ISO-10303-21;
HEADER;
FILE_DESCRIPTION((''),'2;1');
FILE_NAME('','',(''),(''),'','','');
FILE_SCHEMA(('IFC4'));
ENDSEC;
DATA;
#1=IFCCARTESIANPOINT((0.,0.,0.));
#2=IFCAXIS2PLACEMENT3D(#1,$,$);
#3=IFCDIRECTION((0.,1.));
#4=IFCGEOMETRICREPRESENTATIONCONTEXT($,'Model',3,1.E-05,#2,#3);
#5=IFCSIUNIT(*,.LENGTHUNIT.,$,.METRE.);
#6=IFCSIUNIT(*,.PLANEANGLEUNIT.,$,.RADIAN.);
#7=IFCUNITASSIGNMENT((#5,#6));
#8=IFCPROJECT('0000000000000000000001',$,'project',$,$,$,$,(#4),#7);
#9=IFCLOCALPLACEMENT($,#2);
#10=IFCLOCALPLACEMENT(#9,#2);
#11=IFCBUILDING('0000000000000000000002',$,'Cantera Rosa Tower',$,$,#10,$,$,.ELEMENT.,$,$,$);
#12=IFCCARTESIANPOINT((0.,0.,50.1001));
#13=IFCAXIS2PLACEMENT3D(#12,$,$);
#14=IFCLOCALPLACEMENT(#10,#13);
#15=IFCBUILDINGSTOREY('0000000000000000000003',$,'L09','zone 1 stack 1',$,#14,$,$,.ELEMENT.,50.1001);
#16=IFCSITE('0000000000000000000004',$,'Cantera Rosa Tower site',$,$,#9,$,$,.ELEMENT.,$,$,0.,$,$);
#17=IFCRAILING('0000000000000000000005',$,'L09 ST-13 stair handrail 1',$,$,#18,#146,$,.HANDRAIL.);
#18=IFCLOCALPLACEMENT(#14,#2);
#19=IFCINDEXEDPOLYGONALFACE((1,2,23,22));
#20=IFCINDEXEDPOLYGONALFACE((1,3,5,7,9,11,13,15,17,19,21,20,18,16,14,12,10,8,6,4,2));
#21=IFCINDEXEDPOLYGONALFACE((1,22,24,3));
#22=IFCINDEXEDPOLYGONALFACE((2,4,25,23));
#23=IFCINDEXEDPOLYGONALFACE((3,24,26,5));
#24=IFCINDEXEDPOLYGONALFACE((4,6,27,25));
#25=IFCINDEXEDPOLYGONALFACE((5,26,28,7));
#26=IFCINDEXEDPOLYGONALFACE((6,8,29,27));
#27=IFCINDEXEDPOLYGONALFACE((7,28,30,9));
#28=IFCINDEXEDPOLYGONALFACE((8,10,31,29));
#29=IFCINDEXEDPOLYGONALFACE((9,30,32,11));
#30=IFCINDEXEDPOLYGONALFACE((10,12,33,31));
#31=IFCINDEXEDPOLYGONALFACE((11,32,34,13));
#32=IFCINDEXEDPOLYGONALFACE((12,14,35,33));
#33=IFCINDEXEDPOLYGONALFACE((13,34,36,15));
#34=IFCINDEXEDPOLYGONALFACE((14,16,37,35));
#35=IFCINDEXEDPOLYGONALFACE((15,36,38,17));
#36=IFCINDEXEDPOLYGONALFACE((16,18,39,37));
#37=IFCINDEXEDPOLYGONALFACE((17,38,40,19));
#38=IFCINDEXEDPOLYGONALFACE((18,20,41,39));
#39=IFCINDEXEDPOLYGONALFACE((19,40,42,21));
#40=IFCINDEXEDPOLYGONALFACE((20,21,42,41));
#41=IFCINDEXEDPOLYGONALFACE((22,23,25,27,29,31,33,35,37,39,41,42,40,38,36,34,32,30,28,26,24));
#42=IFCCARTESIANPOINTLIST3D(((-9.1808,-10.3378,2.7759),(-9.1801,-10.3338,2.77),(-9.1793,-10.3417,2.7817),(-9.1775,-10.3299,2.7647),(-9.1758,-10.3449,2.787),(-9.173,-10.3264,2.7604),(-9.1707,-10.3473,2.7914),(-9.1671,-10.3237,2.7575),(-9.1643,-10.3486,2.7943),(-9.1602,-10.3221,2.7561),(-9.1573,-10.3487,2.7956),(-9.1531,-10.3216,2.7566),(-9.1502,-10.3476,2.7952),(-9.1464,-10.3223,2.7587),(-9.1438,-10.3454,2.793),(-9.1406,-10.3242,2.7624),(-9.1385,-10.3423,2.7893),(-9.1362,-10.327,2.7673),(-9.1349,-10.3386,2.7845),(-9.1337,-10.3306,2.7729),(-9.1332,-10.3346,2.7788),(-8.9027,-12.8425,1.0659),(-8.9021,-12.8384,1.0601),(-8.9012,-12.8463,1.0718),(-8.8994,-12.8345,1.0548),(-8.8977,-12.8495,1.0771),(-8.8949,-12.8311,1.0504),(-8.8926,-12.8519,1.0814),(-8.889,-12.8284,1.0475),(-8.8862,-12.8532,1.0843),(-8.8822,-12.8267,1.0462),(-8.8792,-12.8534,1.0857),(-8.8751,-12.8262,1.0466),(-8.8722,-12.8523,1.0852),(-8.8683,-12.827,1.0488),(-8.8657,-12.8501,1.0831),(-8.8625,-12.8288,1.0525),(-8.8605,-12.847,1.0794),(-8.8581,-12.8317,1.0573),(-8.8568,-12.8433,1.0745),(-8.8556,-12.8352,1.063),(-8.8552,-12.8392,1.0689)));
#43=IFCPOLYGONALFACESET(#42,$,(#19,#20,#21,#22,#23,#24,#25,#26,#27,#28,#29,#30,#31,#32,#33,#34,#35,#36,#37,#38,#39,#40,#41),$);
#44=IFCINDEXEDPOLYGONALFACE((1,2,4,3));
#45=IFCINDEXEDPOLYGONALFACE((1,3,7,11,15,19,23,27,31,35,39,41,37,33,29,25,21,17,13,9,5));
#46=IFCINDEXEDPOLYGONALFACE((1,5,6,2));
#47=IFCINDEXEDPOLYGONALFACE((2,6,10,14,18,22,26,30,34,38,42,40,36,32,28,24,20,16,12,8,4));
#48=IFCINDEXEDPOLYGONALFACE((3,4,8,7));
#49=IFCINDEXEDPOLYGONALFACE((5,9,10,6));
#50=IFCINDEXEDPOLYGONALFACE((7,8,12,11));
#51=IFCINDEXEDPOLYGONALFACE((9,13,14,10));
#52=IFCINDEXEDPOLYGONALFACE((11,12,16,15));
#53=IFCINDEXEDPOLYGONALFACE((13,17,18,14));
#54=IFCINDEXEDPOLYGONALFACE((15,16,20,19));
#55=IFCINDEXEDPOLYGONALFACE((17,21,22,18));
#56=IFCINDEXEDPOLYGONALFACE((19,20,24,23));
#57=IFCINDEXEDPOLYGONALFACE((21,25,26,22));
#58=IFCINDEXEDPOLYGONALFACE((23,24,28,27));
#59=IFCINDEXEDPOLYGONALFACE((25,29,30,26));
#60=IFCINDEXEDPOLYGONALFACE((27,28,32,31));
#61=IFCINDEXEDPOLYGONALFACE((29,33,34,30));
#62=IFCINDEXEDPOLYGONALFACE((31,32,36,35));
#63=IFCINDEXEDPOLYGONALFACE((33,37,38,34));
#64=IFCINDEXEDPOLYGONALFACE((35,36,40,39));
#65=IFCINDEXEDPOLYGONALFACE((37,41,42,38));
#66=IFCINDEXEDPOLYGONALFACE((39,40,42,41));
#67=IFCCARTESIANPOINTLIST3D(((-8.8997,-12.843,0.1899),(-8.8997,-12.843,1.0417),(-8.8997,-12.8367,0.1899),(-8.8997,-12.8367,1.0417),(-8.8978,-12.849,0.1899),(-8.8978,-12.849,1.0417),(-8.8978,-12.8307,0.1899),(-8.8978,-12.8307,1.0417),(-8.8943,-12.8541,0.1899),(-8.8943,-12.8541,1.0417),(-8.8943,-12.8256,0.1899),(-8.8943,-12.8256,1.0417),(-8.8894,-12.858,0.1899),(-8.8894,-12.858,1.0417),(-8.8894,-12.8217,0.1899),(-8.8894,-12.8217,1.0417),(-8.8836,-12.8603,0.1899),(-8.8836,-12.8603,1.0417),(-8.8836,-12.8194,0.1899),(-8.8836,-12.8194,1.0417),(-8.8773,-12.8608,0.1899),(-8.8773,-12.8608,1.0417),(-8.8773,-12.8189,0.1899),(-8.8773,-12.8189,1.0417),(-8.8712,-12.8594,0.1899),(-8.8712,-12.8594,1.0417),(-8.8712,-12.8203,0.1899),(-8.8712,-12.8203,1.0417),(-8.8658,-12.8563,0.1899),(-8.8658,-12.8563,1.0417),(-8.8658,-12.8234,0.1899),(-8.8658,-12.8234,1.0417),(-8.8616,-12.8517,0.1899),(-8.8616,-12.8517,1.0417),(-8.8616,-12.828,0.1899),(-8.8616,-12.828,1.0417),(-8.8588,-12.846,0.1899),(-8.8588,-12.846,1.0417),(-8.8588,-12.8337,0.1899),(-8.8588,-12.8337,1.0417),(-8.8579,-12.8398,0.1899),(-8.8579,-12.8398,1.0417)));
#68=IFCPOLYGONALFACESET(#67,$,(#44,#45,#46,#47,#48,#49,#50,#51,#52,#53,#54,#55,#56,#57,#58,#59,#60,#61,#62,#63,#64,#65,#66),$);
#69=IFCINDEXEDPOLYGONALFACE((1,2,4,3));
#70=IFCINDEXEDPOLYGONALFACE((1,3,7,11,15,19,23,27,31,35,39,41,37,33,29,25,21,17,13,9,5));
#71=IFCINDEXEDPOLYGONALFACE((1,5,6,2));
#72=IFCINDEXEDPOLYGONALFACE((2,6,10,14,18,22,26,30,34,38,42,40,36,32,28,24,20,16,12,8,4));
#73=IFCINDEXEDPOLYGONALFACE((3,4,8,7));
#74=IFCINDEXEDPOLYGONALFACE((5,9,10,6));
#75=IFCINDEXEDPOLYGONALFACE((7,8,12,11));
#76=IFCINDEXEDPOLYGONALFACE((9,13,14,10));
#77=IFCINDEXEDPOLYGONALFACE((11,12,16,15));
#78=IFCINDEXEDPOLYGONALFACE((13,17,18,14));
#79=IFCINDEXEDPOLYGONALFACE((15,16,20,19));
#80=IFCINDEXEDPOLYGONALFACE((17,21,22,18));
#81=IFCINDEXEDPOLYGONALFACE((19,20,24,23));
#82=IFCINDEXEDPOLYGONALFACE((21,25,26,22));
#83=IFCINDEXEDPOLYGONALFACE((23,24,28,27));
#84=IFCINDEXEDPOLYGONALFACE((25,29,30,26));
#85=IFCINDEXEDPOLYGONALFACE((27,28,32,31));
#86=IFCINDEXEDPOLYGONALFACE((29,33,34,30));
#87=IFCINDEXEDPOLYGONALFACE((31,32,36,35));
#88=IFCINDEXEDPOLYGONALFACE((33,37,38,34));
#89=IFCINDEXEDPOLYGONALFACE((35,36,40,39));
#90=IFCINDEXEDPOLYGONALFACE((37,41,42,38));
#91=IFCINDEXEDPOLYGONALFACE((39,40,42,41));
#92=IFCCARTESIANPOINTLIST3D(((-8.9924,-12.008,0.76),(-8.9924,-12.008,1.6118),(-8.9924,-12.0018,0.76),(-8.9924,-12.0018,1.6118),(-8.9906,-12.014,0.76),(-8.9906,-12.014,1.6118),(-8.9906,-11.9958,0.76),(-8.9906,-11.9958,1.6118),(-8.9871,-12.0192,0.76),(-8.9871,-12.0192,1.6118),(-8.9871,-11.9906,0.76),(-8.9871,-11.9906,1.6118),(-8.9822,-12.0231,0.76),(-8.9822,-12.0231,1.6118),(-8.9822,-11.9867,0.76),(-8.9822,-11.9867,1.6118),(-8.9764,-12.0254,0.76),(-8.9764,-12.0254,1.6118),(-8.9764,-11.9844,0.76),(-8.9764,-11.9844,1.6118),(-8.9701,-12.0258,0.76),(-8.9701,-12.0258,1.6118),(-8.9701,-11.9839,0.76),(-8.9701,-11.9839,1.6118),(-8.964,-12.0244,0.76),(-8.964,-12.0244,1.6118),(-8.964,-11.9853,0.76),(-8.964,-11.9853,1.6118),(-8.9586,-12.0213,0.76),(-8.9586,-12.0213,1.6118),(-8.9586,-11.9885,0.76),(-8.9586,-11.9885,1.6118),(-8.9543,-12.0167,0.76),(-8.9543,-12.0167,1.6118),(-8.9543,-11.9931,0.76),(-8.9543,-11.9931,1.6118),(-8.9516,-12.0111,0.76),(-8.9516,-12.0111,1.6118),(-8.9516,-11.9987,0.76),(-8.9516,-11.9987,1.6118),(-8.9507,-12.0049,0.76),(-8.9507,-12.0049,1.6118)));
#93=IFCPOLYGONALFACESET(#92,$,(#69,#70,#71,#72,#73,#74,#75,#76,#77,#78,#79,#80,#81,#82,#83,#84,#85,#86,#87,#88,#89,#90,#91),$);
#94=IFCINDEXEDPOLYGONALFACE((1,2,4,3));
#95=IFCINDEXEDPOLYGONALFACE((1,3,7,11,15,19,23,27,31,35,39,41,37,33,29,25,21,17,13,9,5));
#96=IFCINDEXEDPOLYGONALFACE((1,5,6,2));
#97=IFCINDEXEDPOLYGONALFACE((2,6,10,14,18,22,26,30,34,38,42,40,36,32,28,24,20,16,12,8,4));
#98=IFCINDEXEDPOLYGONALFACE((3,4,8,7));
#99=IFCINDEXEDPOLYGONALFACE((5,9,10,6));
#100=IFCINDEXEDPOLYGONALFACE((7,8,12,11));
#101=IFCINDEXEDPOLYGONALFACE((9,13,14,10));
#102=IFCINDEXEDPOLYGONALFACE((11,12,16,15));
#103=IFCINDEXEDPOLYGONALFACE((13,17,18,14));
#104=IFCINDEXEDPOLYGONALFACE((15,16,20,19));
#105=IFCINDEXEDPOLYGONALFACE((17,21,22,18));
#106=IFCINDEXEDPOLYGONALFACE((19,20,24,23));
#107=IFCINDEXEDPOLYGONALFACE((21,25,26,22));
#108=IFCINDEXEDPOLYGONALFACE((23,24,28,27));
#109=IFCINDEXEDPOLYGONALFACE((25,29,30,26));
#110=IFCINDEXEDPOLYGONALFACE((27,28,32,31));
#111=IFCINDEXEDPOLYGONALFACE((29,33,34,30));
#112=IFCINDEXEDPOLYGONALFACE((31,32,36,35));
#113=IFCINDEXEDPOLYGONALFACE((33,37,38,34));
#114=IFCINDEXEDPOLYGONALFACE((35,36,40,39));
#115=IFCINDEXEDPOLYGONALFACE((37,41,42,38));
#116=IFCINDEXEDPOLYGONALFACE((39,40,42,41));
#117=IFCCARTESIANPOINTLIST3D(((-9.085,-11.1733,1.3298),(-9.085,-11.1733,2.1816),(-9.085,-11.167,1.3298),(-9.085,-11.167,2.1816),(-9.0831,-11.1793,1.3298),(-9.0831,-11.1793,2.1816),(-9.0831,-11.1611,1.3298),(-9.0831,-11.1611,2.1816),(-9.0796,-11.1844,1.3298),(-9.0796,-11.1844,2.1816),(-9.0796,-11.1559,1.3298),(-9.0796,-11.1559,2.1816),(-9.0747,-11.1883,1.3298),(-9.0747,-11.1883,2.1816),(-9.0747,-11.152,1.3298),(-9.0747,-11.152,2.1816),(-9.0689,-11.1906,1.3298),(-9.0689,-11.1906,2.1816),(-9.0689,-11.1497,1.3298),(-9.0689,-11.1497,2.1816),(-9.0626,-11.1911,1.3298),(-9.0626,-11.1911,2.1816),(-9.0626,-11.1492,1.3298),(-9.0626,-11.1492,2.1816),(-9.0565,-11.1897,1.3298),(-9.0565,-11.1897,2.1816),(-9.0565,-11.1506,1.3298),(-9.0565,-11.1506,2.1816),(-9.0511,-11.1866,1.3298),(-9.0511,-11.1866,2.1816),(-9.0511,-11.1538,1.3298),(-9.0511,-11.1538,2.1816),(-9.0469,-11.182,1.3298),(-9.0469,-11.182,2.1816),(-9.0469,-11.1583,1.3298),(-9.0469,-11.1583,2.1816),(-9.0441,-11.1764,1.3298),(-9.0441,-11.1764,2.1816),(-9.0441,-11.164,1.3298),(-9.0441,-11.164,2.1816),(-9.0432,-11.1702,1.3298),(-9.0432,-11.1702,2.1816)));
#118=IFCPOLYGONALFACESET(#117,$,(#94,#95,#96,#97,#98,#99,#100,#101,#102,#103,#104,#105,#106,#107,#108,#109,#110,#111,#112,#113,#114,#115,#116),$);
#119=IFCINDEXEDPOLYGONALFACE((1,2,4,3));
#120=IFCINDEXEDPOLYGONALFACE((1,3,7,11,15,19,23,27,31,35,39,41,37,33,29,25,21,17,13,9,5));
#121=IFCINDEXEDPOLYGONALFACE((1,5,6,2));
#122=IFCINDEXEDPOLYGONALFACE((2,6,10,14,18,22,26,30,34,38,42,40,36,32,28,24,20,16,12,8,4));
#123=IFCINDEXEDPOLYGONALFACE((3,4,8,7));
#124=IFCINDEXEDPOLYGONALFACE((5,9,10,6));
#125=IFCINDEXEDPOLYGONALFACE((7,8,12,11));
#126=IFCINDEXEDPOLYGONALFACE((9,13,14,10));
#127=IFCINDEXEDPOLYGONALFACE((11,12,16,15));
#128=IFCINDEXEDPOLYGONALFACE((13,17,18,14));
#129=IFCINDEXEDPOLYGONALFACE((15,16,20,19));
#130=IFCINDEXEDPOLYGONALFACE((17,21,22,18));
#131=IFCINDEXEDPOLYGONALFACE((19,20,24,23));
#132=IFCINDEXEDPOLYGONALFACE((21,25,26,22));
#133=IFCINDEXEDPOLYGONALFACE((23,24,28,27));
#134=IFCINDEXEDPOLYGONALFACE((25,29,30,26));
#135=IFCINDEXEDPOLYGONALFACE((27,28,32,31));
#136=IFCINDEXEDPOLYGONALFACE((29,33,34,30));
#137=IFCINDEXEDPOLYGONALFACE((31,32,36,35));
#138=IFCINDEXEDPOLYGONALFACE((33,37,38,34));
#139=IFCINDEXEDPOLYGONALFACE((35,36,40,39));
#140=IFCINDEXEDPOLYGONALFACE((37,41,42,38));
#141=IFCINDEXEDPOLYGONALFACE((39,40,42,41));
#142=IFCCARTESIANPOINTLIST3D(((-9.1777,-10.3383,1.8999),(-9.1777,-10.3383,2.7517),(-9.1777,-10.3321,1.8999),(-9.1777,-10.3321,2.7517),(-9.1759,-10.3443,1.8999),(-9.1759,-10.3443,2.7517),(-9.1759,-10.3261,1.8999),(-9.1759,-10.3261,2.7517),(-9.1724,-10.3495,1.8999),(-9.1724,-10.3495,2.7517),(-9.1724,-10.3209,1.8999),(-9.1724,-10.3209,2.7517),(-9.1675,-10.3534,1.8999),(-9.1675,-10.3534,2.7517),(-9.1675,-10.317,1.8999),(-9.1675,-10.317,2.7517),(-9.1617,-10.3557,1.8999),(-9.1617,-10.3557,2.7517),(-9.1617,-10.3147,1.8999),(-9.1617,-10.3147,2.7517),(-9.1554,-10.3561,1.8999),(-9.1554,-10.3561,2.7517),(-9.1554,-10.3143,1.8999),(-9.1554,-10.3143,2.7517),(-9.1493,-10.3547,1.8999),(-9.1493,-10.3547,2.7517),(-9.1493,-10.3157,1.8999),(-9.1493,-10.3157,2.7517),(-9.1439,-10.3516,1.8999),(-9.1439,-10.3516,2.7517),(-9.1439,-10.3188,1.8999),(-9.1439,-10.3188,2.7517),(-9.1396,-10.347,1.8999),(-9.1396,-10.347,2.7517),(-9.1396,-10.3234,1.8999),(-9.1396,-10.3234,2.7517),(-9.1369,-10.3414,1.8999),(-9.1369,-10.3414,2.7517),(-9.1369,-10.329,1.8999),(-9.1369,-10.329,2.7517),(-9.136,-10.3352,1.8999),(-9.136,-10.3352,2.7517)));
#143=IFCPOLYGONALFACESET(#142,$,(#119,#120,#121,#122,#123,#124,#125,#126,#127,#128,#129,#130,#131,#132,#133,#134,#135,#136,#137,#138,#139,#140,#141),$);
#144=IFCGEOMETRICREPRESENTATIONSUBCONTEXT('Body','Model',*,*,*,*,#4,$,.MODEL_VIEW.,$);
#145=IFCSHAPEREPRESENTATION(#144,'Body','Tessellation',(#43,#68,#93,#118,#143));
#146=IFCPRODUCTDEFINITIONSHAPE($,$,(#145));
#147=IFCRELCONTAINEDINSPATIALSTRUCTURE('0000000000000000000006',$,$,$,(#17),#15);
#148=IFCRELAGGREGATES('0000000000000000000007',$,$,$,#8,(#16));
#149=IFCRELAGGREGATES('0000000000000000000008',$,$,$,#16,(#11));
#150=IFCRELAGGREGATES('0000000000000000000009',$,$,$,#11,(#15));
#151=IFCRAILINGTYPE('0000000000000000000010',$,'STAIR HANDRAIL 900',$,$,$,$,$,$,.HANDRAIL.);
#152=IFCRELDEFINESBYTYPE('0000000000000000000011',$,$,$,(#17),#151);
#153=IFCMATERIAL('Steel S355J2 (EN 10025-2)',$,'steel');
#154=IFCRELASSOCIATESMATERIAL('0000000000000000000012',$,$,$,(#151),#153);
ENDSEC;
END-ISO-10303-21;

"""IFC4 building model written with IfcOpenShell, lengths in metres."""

from ifc_helpers import new_model, si_unit, direction, frame, origin, origin_2d, place, context, subcontext, project, spatial, circle, extrude, material, type_object, element, save


model = new_model("IFC4")

# Units and contexts
model_context = context("Model", 3, precision=1e-05, world=origin(), true_north=direction((0.0, 1.0)))
body_context = subcontext(model_context, "Body", "Model", "MODEL_VIEW")
ifc_project = project(units=[si_unit("LENGTHUNIT", "METRE"), si_unit("PLANEANGLEUNIT", "RADIAN")], contexts=[model_context])

# Site, building, storey
site_placement = place(None, origin())
site = spatial("IfcSite", under=ifc_project, at=site_placement, Name="Cantera Rosa Tower site", CompositionType="ELEMENT", RefElevation=0.0)
building_placement = place(site_placement, origin())
building = spatial("IfcBuilding", under=site, at=building_placement, Name="Cantera Rosa Tower", CompositionType="ELEMENT")
storey_placement = place(building_placement, frame((0.0, 0.0, 50.1001)))
storey = spatial("IfcBuildingStorey", under=building, at=storey_placement, Name="L09", Description="zone 1 stack 1", CompositionType="ELEMENT", Elevation=50.1001)

# Railing
ifc_material_1 = material(Name="Steel S355J2 (EN 10025-2)", Category="steel")
railing_type_1 = type_object("IfcRailingType", Name="STAIR HANDRAIL 900", PredefinedType="HANDRAIL", material=ifc_material_1)
railing_1_placement = place(storey_placement, frame((-8.8789, -12.8398, 0.1899)))
element("IfcRailing", 1, at=railing_1_placement, inside=storey, type_object=railing_type_1, Name="L09 ST-13 stair handrail 1", PredefinedType="HANDRAIL", context=body_context, shape_type="SweptSolid", body=[
    extrude(circle(Radius=0.0239, at=origin_2d()), frame((0.0, 0.0, 0.876), z_axis=(-0.09131, 0.822431, 0.561488), x_axis=(-0.993893, -0.110346, 0.0)), (0.0, 0.0, 1.0), 3.0454),
    extrude(circle(Radius=0.021, at=origin_2d()), origin(), (0.0, 0.0, 1.0), 0.8518),
    extrude(circle(Radius=0.021, at=origin_2d()), frame((-0.0928, 0.835, 0.5701)), (0.0, 0.0, 1.0), 0.8518),
    extrude(circle(Radius=0.021, at=origin_2d()), frame((-0.1853, 1.6697, 1.1399)), (0.0, 0.0, 1.0), 0.8518),
    extrude(circle(Radius=0.021, at=origin_2d()), frame((-0.2781, 2.5046, 1.71)), (0.0, 0.0, 1.0), 0.8518),
])

save(model, "model.ifc")
